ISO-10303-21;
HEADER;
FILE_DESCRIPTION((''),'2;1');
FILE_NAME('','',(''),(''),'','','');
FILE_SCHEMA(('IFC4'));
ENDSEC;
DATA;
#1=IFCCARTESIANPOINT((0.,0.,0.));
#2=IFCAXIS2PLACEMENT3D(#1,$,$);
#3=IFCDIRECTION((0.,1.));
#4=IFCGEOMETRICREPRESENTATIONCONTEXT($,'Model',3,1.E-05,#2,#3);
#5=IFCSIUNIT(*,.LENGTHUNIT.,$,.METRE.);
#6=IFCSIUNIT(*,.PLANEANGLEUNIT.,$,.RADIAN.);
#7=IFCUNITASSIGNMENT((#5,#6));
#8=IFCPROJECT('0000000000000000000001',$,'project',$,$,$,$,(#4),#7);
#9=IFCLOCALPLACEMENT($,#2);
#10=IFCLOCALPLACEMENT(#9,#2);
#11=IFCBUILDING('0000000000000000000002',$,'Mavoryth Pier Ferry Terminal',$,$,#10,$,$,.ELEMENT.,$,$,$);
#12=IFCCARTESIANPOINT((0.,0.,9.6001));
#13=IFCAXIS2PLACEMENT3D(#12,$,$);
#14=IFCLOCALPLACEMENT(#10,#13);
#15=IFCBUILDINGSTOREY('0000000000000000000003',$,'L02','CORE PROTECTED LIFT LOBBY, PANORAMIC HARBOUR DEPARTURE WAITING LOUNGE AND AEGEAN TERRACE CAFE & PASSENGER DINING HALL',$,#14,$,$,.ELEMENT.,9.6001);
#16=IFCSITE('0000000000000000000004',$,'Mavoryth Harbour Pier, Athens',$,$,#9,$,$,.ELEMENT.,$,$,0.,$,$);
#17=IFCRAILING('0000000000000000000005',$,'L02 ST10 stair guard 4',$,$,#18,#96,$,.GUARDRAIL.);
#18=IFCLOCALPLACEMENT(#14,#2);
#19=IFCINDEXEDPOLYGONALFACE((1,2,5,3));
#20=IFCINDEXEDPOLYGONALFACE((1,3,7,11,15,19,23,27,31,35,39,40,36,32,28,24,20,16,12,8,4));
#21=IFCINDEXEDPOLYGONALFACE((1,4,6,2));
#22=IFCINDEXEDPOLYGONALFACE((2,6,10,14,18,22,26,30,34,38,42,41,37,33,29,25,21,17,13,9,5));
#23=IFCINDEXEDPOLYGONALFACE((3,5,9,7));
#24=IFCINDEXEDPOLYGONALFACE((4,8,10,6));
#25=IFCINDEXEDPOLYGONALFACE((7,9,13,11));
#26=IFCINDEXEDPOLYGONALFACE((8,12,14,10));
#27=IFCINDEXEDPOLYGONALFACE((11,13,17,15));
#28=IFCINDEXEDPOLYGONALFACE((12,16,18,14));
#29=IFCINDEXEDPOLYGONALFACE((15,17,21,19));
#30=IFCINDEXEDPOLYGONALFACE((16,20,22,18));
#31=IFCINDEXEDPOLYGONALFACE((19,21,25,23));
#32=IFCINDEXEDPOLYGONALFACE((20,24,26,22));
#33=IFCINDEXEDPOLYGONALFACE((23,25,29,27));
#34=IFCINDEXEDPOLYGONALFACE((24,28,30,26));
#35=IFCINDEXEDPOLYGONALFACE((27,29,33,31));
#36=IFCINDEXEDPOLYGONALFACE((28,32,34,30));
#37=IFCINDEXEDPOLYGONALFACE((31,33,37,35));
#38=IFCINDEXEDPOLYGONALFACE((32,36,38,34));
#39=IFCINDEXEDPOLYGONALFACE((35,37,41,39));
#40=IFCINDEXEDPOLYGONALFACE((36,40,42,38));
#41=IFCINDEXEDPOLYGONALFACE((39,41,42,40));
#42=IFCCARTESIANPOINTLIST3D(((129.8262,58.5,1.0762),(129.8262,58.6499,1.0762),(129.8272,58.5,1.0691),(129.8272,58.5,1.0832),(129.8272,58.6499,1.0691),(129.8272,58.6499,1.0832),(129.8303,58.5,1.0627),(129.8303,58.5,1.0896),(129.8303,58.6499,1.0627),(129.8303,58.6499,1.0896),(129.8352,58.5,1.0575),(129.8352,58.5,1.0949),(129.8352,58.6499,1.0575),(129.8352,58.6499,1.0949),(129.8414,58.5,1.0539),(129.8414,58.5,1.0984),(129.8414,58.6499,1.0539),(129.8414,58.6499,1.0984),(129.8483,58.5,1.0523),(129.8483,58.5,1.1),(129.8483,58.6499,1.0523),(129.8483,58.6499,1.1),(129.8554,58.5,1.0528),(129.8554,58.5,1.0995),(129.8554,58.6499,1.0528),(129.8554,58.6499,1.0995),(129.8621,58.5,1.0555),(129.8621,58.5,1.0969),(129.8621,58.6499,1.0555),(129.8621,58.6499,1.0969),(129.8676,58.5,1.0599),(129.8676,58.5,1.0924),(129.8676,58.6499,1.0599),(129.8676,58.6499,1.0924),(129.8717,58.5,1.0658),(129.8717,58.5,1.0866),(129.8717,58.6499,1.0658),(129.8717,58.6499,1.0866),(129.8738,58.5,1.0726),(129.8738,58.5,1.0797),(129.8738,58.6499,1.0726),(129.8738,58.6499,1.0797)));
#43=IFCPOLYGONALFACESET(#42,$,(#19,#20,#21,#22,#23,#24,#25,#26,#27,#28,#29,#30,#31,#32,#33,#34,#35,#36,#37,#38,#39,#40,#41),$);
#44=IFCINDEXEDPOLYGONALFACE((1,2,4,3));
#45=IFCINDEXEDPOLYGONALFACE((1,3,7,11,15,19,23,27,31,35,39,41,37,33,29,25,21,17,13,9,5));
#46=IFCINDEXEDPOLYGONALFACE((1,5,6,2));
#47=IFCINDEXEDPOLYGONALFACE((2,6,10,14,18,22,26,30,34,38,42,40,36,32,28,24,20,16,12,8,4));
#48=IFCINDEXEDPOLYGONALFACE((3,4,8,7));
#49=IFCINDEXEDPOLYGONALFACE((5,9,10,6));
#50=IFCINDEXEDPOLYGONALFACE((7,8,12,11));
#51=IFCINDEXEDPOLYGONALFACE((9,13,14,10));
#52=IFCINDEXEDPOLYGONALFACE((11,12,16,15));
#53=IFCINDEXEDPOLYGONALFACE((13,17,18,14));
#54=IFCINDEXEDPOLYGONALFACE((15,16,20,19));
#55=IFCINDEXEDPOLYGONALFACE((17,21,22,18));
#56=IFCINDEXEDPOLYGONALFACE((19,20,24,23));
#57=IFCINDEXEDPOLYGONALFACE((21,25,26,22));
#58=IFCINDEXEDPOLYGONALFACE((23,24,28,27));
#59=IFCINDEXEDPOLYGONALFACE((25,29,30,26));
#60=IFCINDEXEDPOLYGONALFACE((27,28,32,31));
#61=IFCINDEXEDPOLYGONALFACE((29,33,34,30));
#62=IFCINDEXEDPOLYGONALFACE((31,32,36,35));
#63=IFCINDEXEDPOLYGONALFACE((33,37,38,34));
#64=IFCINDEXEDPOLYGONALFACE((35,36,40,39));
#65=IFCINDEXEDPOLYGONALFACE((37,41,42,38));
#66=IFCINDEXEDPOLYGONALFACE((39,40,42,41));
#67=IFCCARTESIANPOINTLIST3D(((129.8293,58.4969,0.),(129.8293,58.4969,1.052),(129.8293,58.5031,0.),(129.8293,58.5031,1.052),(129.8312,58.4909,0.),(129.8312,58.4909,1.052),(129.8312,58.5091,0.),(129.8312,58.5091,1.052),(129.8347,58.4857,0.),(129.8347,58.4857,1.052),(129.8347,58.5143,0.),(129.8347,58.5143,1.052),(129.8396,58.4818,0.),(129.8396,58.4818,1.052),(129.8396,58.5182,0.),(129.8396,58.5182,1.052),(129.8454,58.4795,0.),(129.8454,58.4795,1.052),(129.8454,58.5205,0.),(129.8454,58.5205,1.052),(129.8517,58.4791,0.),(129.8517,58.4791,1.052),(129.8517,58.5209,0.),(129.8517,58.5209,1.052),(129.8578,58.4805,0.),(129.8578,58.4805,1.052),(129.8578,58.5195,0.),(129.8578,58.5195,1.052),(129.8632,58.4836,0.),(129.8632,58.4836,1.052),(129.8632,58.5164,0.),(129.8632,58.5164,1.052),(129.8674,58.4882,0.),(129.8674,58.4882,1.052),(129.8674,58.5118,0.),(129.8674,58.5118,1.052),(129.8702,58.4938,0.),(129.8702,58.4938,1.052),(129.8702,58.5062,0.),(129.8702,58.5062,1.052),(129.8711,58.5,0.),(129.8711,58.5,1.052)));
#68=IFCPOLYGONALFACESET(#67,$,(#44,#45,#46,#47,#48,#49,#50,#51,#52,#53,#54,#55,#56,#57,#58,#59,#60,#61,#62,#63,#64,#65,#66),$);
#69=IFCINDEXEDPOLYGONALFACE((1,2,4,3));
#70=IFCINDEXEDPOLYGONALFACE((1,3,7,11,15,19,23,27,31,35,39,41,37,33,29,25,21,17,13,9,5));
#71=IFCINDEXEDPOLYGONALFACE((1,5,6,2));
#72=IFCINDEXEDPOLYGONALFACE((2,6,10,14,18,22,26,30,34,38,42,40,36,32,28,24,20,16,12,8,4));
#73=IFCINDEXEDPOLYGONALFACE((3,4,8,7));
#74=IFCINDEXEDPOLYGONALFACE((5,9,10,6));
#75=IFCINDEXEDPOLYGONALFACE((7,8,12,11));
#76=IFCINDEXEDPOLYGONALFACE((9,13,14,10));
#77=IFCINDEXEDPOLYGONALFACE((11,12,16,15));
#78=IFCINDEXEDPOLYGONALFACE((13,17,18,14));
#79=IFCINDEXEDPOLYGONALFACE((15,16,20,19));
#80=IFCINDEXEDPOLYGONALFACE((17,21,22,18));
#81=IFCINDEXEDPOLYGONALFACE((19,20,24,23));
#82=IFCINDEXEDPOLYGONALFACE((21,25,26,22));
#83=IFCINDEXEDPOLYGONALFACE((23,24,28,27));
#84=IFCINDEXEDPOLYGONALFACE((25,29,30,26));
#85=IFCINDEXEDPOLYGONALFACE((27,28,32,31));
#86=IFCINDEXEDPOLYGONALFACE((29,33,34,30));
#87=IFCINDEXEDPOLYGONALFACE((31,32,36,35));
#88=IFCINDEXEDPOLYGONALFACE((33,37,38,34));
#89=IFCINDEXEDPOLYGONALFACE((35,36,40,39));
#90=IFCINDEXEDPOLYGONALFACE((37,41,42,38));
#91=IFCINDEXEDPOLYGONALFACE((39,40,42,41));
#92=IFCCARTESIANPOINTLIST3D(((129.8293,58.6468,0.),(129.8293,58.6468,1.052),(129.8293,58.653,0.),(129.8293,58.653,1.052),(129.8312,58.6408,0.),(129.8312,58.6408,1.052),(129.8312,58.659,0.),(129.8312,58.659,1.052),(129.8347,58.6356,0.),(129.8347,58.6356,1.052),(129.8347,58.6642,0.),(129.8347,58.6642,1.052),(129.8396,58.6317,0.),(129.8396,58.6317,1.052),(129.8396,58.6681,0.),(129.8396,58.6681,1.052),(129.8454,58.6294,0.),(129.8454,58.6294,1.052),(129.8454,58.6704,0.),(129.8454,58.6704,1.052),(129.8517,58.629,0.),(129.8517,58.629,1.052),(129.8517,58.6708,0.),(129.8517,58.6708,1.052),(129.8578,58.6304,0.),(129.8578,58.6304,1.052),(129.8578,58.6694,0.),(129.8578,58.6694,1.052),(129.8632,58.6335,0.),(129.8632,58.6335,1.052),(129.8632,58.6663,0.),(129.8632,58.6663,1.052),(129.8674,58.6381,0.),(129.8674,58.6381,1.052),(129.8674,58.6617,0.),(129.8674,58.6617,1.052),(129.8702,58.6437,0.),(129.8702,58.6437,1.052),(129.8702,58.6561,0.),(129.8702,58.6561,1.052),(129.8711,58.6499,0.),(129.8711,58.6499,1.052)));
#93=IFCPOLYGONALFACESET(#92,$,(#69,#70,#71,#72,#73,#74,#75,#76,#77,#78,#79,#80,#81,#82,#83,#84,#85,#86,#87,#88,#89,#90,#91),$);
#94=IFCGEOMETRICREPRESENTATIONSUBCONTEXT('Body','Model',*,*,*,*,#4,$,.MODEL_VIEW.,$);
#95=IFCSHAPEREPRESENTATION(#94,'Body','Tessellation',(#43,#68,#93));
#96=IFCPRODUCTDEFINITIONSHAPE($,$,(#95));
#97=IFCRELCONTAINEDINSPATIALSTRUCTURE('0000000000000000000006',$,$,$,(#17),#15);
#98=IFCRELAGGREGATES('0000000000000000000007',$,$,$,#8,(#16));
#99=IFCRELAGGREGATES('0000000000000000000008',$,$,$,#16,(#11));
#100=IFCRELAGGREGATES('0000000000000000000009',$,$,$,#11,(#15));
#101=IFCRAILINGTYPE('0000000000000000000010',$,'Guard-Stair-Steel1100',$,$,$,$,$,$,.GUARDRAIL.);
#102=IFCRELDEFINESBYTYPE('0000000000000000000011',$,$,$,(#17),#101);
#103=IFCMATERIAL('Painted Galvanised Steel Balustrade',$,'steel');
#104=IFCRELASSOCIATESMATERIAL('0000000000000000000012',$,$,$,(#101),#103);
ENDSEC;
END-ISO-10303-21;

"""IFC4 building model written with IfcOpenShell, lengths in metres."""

from ifc_helpers import new_model, si_unit, direction, frame, origin, origin_2d, place, context, subcontext, project, spatial, circle, extrude, material, type_object, element, save


model = new_model("IFC4")

# Units and contexts
model_context = context("Model", 3, precision=1e-05, world=origin(), true_north=direction((0.0, 1.0)))
body_context = subcontext(model_context, "Body", "Model", "MODEL_VIEW")
ifc_project = project(units=[si_unit("LENGTHUNIT", "METRE"), si_unit("PLANEANGLEUNIT", "RADIAN")], contexts=[model_context])

# Site, building, storey
site_placement = place(None, origin())
site = spatial("IfcSite", under=ifc_project, at=site_placement, Name="Mavoryth Harbour Pier, Athens", CompositionType="ELEMENT", RefElevation=0.0)
building_placement = place(site_placement, origin())
building = spatial("IfcBuilding", under=site, at=building_placement, Name="Mavoryth Pier Ferry Terminal", CompositionType="ELEMENT")
storey_placement = place(building_placement, frame((0.0, 0.0, 9.6001)))
storey = spatial("IfcBuildingStorey", under=building, at=storey_placement, Name="L02", Description="CORE PROTECTED LIFT LOBBY, PANORAMIC HARBOUR DEPARTURE WAITING LOUNGE AND AEGEAN TERRACE CAFE & PASSENGER DINING HALL", CompositionType="ELEMENT", Elevation=9.6001)

# Railing
ifc_material_1 = material(Name="Painted Galvanised Steel Balustrade", Category="steel")
railing_type_1 = type_object("IfcRailingType", Name="Guard-Stair-Steel1100", PredefinedType="GUARDRAIL", material=ifc_material_1)
railing_1_placement = place(storey_placement, frame((129.8501, 58.5, 0.0)))
element("IfcRailing", 1, at=railing_1_placement, inside=storey, type_object=railing_type_1, Name="L02 ST10 stair guard 4", PredefinedType="GUARDRAIL", context=body_context, shape_type="SweptSolid", body=[
    extrude(circle(Radius=0.0239, at=origin_2d()), frame((0.0, 0.0, 1.0762), z_axis=(0.0, 1.0, 0.0), x_axis=(-1.0, 0.0, 0.0)), (0.0, 0.0, 1.0), 0.1499),
    extrude(circle(Radius=0.021, at=origin_2d()), origin(), (0.0, 0.0, 1.0), 1.052),
    extrude(circle(Radius=0.021, at=origin_2d()), frame((0.0, 0.1499, 0.0)), (0.0, 0.0, 1.0), 1.052),
])

save(model, "model.ifc")
